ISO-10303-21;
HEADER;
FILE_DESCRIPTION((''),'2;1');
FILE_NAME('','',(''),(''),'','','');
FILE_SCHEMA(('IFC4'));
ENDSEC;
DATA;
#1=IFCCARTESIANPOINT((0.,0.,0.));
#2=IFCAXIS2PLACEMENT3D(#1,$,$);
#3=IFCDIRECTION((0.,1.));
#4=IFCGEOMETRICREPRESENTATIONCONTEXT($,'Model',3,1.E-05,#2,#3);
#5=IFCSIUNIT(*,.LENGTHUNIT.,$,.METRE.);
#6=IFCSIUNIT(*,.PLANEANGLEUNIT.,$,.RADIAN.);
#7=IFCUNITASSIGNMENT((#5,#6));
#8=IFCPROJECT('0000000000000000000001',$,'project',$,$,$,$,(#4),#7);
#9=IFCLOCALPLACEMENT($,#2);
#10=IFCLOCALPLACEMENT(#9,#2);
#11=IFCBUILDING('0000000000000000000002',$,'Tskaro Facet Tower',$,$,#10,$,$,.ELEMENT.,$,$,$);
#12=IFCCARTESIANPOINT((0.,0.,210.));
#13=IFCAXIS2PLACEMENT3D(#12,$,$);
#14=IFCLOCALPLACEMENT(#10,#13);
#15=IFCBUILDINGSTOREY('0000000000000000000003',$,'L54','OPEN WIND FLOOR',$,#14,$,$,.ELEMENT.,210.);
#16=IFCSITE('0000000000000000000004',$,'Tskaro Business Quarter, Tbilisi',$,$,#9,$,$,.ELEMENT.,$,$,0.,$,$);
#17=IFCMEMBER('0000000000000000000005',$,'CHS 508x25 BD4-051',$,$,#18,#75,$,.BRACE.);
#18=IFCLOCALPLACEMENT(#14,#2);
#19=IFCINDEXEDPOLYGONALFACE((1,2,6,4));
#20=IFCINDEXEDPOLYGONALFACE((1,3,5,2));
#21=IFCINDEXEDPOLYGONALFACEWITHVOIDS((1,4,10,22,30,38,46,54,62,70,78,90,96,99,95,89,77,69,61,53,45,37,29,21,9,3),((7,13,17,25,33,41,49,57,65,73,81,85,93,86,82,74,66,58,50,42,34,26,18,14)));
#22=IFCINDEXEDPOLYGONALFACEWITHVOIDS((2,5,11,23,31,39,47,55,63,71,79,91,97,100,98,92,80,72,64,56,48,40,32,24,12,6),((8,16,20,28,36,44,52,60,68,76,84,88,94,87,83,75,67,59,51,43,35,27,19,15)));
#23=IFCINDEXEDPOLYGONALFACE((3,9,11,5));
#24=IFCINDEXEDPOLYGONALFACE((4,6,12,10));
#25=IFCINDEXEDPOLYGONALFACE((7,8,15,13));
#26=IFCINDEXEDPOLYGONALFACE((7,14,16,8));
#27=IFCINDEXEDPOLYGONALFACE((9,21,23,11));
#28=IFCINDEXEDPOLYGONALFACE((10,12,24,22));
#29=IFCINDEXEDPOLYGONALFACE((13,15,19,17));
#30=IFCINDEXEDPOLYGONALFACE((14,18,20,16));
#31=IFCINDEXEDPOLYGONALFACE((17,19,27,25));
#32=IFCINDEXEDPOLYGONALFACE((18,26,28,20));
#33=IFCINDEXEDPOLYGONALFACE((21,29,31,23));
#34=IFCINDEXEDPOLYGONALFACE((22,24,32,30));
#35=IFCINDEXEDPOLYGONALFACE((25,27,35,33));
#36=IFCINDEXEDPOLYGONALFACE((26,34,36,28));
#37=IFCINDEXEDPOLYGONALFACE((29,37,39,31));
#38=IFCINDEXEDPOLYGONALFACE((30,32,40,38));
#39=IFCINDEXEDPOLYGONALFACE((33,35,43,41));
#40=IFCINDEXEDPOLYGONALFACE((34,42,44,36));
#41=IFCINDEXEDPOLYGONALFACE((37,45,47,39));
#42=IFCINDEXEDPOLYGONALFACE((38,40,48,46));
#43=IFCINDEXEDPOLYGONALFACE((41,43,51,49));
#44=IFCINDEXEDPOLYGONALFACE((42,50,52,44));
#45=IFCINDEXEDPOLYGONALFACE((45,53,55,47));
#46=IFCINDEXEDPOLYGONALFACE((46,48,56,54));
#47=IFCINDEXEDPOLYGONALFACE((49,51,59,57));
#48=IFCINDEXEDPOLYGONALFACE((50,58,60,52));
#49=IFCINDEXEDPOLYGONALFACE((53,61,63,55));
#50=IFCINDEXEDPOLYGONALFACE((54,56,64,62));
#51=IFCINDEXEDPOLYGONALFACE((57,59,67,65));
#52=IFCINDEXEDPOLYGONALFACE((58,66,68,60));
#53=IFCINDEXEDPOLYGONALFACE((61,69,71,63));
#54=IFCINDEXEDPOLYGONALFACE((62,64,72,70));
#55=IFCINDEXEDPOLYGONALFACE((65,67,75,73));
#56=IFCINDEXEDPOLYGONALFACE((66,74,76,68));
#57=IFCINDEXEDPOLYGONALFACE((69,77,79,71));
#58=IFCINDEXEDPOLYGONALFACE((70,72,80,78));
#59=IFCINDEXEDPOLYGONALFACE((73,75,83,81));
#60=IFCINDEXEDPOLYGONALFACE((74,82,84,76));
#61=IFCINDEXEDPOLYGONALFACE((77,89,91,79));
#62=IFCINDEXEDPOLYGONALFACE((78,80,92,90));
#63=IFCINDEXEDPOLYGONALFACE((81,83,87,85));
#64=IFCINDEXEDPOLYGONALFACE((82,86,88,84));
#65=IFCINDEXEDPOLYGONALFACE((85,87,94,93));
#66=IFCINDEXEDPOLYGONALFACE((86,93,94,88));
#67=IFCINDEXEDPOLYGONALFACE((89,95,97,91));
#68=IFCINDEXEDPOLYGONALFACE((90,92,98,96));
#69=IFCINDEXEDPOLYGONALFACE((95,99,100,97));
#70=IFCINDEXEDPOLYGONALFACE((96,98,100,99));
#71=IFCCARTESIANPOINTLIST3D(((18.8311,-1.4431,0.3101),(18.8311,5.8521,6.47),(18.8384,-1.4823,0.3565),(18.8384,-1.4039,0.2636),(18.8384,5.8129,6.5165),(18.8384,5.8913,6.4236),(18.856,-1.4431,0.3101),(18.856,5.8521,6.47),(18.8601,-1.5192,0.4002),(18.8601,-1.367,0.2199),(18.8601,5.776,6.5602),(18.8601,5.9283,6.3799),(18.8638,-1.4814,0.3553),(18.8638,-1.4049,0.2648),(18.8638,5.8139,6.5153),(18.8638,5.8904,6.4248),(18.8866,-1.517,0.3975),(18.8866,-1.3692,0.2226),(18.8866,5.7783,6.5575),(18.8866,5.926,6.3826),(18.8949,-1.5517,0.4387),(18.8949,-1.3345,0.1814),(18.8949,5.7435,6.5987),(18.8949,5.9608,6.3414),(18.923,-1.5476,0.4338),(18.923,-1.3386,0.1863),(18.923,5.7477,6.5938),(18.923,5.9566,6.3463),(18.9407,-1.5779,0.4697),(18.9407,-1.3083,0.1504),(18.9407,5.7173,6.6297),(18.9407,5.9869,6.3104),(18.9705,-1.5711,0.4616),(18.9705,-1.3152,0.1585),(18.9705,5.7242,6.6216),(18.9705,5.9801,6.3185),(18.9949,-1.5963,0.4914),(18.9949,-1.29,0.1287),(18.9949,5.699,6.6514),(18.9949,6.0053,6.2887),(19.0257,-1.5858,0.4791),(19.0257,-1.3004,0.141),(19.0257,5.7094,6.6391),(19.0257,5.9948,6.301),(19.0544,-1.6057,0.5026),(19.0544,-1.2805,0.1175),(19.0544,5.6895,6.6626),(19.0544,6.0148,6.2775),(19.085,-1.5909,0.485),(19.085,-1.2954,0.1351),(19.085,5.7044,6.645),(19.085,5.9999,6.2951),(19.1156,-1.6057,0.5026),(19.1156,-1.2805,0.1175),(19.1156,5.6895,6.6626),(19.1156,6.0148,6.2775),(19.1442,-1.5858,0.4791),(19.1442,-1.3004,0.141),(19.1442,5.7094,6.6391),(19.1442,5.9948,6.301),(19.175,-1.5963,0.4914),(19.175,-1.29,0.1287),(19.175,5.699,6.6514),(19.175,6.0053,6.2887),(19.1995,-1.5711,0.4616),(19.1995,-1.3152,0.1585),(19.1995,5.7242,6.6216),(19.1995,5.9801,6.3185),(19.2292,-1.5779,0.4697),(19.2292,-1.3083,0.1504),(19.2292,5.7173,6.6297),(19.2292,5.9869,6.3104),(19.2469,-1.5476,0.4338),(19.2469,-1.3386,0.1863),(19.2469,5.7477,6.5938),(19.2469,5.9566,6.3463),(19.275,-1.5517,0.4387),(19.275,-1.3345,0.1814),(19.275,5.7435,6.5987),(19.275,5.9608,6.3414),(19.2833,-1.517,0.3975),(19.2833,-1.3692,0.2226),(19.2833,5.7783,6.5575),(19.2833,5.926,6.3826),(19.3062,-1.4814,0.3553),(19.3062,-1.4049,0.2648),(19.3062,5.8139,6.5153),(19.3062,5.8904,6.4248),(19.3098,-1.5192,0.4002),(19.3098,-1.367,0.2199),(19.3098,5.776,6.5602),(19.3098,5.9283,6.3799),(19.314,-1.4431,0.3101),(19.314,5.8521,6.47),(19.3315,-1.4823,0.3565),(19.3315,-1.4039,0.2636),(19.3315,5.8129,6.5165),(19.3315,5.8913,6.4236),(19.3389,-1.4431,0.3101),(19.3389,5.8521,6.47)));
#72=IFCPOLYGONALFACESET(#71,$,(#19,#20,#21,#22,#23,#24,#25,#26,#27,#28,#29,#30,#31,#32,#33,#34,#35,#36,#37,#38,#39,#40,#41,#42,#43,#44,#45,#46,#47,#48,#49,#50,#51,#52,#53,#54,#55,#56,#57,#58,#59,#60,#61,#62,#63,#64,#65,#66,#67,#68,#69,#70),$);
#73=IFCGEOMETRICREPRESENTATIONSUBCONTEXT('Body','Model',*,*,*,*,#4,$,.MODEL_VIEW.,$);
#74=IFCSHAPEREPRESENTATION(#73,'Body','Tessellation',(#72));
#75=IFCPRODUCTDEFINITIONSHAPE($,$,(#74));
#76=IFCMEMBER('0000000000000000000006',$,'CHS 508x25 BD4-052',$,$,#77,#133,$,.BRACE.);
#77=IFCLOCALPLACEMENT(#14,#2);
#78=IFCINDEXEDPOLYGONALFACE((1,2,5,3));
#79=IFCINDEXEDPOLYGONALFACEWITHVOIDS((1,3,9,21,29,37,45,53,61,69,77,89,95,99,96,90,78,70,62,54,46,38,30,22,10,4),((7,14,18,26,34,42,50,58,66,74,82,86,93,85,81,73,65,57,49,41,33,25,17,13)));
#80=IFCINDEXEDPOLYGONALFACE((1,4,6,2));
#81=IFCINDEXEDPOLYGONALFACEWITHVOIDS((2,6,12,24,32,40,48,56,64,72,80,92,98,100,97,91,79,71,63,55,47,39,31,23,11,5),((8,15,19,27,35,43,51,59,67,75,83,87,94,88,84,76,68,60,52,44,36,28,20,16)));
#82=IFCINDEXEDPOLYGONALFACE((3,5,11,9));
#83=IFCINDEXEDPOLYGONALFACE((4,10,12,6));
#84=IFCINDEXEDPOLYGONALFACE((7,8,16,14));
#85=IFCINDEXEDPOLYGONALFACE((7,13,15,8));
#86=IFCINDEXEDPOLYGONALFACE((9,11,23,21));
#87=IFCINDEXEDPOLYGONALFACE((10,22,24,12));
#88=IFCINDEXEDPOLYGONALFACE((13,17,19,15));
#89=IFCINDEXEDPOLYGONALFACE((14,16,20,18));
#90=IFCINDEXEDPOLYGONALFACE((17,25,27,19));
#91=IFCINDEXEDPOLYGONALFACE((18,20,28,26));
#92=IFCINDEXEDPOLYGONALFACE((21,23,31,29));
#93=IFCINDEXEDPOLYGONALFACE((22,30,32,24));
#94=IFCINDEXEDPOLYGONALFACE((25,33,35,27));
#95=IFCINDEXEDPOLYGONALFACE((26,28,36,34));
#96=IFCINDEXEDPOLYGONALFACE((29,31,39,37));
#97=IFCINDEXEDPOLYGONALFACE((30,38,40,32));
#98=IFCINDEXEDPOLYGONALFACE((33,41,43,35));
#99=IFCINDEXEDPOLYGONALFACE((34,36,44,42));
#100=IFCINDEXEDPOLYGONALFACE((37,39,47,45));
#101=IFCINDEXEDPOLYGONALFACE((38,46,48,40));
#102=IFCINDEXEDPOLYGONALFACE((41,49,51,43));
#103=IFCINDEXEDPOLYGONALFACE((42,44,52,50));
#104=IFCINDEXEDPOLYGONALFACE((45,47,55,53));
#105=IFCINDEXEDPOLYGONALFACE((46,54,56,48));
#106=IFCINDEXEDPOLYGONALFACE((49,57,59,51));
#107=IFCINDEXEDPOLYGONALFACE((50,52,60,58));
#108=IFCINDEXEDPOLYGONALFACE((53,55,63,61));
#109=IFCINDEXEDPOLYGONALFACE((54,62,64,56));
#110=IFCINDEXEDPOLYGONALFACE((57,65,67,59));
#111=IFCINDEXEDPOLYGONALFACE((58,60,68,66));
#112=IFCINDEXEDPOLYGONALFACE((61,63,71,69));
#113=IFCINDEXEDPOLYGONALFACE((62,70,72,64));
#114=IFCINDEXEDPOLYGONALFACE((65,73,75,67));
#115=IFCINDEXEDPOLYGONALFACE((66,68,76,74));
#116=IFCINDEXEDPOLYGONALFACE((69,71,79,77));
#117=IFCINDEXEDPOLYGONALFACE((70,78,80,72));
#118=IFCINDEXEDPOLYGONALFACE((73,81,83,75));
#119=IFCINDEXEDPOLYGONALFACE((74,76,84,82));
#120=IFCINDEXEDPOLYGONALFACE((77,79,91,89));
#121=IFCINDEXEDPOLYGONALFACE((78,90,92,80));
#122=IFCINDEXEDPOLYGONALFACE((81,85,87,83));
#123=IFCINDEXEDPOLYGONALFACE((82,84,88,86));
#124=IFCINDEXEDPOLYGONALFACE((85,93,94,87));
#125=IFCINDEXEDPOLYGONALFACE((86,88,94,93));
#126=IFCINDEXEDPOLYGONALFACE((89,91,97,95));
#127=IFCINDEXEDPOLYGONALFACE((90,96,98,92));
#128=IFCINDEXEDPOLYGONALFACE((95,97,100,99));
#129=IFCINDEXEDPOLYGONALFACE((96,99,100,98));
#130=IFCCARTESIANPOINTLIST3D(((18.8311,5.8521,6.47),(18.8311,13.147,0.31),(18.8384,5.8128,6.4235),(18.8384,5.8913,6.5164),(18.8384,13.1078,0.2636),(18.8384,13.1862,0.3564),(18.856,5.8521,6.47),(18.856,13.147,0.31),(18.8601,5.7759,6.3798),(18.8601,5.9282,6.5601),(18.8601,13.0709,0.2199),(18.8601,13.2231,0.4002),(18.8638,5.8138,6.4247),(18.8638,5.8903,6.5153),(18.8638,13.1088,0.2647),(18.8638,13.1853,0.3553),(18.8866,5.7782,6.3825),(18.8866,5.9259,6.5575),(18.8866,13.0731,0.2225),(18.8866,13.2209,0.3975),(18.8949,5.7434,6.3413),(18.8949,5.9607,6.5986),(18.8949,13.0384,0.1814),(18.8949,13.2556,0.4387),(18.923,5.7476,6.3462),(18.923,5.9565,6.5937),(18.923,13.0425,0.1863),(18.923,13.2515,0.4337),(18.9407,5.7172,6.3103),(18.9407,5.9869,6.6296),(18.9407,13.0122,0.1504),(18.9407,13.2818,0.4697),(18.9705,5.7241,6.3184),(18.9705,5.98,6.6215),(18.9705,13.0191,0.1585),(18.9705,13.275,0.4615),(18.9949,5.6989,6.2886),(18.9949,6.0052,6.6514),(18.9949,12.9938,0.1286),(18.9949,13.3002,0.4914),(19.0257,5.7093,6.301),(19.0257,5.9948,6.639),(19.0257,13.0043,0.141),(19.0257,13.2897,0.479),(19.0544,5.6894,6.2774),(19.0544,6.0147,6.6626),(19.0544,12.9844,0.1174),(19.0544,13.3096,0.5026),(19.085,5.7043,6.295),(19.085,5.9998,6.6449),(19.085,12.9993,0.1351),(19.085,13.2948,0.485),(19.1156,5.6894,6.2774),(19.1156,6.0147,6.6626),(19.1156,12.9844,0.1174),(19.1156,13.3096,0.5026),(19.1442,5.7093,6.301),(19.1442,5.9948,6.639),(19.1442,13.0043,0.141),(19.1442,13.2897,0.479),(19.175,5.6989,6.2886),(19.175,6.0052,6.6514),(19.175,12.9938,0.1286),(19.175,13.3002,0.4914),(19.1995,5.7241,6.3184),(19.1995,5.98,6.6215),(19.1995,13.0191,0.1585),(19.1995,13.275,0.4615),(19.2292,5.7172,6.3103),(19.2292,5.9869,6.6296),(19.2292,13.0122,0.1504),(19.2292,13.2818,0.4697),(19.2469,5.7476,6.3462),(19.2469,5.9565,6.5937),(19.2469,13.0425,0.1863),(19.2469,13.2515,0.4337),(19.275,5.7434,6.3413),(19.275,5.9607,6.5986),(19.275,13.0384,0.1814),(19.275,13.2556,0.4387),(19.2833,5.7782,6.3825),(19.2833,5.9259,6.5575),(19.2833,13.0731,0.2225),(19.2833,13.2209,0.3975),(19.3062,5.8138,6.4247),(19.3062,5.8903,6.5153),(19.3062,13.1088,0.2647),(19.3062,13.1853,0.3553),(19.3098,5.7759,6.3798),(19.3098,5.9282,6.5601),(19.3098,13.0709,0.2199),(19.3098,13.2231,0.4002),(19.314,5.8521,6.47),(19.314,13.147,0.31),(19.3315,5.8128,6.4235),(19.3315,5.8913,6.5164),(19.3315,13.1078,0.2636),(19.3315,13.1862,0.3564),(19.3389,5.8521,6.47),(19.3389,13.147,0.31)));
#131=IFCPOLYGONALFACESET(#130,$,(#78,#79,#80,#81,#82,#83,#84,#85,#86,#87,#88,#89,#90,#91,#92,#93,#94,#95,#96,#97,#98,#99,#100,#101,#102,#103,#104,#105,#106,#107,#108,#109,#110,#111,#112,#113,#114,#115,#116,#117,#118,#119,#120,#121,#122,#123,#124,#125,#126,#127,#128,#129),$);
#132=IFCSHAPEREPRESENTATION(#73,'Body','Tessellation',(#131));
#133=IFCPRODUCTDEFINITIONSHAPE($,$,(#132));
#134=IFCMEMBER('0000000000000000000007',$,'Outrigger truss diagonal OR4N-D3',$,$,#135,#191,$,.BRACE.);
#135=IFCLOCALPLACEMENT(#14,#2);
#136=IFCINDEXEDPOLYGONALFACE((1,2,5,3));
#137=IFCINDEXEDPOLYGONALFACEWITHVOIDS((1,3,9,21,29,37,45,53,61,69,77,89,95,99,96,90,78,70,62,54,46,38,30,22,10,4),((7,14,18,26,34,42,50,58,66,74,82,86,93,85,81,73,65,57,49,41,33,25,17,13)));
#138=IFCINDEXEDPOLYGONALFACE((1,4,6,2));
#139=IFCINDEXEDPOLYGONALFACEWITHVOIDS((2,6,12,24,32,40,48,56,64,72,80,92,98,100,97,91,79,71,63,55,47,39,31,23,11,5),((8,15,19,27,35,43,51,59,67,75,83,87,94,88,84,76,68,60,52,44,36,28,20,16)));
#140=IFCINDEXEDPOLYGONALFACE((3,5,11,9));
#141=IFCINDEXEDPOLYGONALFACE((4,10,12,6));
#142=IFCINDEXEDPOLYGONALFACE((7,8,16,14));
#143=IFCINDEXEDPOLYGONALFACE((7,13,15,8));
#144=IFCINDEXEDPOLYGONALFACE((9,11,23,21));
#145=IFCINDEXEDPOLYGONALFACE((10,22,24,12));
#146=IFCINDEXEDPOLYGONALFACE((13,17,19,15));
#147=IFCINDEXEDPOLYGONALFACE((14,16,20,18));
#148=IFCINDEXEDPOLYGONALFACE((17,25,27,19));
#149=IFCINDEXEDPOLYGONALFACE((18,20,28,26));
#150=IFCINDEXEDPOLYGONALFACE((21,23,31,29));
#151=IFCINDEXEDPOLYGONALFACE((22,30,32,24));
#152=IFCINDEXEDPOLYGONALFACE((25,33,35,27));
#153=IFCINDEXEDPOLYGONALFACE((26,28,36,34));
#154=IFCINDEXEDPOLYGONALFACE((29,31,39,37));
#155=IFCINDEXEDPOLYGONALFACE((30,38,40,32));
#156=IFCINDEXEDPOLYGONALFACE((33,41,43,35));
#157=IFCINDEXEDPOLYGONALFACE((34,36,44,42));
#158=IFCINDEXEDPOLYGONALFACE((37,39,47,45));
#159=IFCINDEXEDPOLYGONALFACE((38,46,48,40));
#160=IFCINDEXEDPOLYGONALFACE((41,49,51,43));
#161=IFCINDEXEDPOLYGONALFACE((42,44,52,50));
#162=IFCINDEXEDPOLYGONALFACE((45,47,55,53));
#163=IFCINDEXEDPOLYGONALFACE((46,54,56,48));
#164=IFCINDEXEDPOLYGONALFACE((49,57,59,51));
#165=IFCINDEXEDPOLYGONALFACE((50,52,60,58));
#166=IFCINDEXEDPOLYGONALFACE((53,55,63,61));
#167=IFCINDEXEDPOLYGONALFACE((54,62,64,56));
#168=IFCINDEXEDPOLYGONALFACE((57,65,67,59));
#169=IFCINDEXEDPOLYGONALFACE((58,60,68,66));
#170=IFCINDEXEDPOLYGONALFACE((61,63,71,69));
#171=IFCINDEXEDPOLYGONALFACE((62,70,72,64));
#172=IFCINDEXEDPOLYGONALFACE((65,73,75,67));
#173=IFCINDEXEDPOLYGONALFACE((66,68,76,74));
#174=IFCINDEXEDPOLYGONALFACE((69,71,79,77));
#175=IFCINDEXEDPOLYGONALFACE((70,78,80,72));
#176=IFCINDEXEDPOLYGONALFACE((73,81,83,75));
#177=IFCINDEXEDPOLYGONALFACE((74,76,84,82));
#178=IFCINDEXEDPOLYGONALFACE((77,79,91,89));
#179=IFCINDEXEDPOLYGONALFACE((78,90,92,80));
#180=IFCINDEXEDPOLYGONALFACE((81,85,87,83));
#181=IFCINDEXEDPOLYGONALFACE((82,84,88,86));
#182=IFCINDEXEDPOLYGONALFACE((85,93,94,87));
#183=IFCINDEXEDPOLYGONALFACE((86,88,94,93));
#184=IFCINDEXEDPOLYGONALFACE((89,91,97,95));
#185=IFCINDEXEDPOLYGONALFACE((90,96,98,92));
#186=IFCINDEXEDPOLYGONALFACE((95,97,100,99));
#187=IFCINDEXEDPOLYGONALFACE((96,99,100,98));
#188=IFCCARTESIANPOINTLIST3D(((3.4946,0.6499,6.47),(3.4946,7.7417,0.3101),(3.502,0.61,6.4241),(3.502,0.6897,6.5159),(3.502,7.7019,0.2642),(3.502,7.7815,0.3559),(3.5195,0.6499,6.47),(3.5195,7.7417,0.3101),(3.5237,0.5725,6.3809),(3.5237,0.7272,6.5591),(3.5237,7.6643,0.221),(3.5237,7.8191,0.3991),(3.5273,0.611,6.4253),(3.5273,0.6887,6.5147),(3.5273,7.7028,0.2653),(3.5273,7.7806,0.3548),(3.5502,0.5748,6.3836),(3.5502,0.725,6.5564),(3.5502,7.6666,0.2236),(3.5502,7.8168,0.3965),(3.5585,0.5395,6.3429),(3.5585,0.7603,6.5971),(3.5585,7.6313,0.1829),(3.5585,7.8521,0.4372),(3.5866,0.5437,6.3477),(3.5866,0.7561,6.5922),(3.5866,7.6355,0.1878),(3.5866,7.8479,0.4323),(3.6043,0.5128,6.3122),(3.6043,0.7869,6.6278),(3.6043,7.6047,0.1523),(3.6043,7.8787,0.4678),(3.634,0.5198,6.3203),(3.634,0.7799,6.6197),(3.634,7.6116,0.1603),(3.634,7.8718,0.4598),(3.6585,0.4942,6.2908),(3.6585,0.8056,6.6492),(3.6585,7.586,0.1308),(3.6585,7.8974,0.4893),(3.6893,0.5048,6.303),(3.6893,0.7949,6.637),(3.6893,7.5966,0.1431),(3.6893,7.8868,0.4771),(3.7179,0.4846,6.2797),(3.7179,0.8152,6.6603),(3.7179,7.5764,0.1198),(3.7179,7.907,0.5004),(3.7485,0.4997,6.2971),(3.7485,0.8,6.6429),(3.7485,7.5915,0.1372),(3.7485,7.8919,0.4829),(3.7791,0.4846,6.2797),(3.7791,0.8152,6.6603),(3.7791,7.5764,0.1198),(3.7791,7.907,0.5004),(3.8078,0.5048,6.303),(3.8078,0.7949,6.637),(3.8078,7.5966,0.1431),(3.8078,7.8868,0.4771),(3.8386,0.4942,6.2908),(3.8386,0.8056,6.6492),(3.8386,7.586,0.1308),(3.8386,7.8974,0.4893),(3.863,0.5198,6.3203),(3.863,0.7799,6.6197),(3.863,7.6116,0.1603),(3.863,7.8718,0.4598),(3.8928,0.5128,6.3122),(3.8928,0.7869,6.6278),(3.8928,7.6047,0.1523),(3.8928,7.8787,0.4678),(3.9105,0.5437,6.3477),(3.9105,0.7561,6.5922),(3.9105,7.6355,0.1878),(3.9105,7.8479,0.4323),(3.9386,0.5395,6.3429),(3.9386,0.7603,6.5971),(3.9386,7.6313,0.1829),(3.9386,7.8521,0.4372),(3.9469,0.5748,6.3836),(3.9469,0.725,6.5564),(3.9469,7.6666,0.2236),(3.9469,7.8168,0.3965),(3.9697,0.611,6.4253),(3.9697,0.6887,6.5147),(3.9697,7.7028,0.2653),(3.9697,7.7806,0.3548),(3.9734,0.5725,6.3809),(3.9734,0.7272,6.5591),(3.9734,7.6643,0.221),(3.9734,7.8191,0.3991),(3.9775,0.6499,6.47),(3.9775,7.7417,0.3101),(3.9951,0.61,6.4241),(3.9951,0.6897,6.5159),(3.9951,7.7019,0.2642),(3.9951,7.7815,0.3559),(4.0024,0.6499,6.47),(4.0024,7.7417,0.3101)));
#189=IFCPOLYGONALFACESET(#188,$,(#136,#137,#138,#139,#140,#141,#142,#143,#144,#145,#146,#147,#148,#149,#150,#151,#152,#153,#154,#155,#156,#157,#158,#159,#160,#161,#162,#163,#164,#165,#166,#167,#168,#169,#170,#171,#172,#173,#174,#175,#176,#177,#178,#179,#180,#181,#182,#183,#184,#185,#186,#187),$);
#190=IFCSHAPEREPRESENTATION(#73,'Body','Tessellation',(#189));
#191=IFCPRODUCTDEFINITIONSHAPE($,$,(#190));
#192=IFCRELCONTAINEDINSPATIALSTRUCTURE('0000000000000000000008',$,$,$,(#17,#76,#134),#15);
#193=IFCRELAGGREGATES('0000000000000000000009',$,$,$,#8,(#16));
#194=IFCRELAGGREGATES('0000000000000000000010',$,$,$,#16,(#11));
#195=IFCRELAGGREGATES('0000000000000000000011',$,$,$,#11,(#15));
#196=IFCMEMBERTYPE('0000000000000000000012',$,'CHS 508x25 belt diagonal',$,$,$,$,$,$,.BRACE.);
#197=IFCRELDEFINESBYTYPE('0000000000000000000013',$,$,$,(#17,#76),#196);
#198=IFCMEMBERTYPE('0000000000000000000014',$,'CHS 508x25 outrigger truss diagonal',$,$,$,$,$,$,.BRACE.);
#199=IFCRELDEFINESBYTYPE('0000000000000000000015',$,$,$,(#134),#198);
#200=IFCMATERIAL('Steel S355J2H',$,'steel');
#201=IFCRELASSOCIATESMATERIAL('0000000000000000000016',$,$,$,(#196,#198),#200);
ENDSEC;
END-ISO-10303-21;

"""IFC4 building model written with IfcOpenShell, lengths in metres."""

from ifc_helpers import new_model, si_unit, direction, frame, origin, origin_2d, place, context, subcontext, project, spatial, hollow_circle, extrude, material, material_profile, profile_set, type_object, element, save


model = new_model("IFC4")

# Units and contexts
model_context = context("Model", 3, precision=1e-05, world=origin(), true_north=direction((0.0, 1.0)))
body_context = subcontext(model_context, "Body", "Model", "MODEL_VIEW")
ifc_project = project(units=[si_unit("LENGTHUNIT", "METRE"), si_unit("PLANEANGLEUNIT", "RADIAN")], contexts=[model_context])

# Site, building, storey
site_placement = place(None, origin())
site = spatial("IfcSite", under=ifc_project, at=site_placement, Name="Tskaro Business Quarter, Tbilisi", CompositionType="ELEMENT", RefElevation=0.0)
building_placement = place(site_placement, origin())
building = spatial("IfcBuilding", under=site, at=building_placement, Name="Tskaro Facet Tower", CompositionType="ELEMENT")
storey_placement = place(building_placement, frame((0.0, 0.0, 210.0)))
storey = spatial("IfcBuildingStorey", under=building, at=storey_placement, Name="L54", Description="OPEN WIND FLOOR", CompositionType="ELEMENT", Elevation=210.0)

# Shared definitions
ifc_material_1 = material(Name="Steel S355J2H", Category="steel")

# Members
ifc_material_profile_1 = material_profile(ifc_material_1, hollow_circle(Radius=0.2539, WallThickness=0.0249, at=origin_2d()), Name="CHS 508x25")
ifc_profile_set_1 = profile_set([ifc_material_profile_1], Name="Steel S355J2H")
member_type_1 = type_object("IfcMemberType", Name="CHS 508x25 belt diagonal", PredefinedType="BRACE", material=ifc_profile_set_1)
member_1_placement = place(storey_placement, frame((19.085, -1.4431, 0.3101), z_axis=(0.0, 0.764053, 0.645153), x_axis=(-1.0, 0.0, 0.0)))
element("IfcMember", 1, at=member_1_placement, inside=storey, type_object=member_type_1, Name="CHS 508x25 BD4-051", PredefinedType="BRACE", context=body_context, shape_type="SweptSolid", body=[
    extrude(hollow_circle(Radius=0.2539, WallThickness=0.0249, at=origin_2d()), origin(), (0.0, 0.0, 1.0), 9.5481),
])
member_2_placement = place(storey_placement, frame((19.085, 5.8521, 6.47), z_axis=(0.0, 0.764043, -0.645166), x_axis=(-1.0, 0.0, 0.0)))
element("IfcMember", 2, at=member_2_placement, inside=storey, type_object=member_type_1, Name="CHS 508x25 BD4-052", PredefinedType="BRACE", context=body_context, shape_type="SweptSolid", body=[
    extrude(hollow_circle(Radius=0.2539, WallThickness=0.0249, at=origin_2d()), origin(), (0.0, 0.0, 1.0), 9.5479),
])
ifc_material_profile_2 = material_profile(ifc_material_1, hollow_circle(Radius=0.2539, WallThickness=0.0249, at=origin_2d()), Name="CHS 508x25")
ifc_profile_set_2 = profile_set([ifc_material_profile_2], Name="Steel S355J2H")
member_type_2 = type_object("IfcMemberType", Name="CHS 508x25 outrigger truss diagonal", PredefinedType="BRACE", material=ifc_profile_set_2)
member_3_placement = place(storey_placement, frame((3.7485, 7.7417, 0.3101), z_axis=(0.0, -0.754967, 0.655762), x_axis=(1.0, 0.0, 0.0)))
element("IfcMember", 3, at=member_3_placement, inside=storey, type_object=member_type_2, Name="Outrigger truss diagonal OR4N-D3", PredefinedType="BRACE", context=body_context, shape_type="SweptSolid", body=[
    extrude(hollow_circle(Radius=0.2539, WallThickness=0.0249, at=origin_2d()), origin(), (0.0, 0.0, 1.0), 9.3936),
])

save(model, "model.ifc")
